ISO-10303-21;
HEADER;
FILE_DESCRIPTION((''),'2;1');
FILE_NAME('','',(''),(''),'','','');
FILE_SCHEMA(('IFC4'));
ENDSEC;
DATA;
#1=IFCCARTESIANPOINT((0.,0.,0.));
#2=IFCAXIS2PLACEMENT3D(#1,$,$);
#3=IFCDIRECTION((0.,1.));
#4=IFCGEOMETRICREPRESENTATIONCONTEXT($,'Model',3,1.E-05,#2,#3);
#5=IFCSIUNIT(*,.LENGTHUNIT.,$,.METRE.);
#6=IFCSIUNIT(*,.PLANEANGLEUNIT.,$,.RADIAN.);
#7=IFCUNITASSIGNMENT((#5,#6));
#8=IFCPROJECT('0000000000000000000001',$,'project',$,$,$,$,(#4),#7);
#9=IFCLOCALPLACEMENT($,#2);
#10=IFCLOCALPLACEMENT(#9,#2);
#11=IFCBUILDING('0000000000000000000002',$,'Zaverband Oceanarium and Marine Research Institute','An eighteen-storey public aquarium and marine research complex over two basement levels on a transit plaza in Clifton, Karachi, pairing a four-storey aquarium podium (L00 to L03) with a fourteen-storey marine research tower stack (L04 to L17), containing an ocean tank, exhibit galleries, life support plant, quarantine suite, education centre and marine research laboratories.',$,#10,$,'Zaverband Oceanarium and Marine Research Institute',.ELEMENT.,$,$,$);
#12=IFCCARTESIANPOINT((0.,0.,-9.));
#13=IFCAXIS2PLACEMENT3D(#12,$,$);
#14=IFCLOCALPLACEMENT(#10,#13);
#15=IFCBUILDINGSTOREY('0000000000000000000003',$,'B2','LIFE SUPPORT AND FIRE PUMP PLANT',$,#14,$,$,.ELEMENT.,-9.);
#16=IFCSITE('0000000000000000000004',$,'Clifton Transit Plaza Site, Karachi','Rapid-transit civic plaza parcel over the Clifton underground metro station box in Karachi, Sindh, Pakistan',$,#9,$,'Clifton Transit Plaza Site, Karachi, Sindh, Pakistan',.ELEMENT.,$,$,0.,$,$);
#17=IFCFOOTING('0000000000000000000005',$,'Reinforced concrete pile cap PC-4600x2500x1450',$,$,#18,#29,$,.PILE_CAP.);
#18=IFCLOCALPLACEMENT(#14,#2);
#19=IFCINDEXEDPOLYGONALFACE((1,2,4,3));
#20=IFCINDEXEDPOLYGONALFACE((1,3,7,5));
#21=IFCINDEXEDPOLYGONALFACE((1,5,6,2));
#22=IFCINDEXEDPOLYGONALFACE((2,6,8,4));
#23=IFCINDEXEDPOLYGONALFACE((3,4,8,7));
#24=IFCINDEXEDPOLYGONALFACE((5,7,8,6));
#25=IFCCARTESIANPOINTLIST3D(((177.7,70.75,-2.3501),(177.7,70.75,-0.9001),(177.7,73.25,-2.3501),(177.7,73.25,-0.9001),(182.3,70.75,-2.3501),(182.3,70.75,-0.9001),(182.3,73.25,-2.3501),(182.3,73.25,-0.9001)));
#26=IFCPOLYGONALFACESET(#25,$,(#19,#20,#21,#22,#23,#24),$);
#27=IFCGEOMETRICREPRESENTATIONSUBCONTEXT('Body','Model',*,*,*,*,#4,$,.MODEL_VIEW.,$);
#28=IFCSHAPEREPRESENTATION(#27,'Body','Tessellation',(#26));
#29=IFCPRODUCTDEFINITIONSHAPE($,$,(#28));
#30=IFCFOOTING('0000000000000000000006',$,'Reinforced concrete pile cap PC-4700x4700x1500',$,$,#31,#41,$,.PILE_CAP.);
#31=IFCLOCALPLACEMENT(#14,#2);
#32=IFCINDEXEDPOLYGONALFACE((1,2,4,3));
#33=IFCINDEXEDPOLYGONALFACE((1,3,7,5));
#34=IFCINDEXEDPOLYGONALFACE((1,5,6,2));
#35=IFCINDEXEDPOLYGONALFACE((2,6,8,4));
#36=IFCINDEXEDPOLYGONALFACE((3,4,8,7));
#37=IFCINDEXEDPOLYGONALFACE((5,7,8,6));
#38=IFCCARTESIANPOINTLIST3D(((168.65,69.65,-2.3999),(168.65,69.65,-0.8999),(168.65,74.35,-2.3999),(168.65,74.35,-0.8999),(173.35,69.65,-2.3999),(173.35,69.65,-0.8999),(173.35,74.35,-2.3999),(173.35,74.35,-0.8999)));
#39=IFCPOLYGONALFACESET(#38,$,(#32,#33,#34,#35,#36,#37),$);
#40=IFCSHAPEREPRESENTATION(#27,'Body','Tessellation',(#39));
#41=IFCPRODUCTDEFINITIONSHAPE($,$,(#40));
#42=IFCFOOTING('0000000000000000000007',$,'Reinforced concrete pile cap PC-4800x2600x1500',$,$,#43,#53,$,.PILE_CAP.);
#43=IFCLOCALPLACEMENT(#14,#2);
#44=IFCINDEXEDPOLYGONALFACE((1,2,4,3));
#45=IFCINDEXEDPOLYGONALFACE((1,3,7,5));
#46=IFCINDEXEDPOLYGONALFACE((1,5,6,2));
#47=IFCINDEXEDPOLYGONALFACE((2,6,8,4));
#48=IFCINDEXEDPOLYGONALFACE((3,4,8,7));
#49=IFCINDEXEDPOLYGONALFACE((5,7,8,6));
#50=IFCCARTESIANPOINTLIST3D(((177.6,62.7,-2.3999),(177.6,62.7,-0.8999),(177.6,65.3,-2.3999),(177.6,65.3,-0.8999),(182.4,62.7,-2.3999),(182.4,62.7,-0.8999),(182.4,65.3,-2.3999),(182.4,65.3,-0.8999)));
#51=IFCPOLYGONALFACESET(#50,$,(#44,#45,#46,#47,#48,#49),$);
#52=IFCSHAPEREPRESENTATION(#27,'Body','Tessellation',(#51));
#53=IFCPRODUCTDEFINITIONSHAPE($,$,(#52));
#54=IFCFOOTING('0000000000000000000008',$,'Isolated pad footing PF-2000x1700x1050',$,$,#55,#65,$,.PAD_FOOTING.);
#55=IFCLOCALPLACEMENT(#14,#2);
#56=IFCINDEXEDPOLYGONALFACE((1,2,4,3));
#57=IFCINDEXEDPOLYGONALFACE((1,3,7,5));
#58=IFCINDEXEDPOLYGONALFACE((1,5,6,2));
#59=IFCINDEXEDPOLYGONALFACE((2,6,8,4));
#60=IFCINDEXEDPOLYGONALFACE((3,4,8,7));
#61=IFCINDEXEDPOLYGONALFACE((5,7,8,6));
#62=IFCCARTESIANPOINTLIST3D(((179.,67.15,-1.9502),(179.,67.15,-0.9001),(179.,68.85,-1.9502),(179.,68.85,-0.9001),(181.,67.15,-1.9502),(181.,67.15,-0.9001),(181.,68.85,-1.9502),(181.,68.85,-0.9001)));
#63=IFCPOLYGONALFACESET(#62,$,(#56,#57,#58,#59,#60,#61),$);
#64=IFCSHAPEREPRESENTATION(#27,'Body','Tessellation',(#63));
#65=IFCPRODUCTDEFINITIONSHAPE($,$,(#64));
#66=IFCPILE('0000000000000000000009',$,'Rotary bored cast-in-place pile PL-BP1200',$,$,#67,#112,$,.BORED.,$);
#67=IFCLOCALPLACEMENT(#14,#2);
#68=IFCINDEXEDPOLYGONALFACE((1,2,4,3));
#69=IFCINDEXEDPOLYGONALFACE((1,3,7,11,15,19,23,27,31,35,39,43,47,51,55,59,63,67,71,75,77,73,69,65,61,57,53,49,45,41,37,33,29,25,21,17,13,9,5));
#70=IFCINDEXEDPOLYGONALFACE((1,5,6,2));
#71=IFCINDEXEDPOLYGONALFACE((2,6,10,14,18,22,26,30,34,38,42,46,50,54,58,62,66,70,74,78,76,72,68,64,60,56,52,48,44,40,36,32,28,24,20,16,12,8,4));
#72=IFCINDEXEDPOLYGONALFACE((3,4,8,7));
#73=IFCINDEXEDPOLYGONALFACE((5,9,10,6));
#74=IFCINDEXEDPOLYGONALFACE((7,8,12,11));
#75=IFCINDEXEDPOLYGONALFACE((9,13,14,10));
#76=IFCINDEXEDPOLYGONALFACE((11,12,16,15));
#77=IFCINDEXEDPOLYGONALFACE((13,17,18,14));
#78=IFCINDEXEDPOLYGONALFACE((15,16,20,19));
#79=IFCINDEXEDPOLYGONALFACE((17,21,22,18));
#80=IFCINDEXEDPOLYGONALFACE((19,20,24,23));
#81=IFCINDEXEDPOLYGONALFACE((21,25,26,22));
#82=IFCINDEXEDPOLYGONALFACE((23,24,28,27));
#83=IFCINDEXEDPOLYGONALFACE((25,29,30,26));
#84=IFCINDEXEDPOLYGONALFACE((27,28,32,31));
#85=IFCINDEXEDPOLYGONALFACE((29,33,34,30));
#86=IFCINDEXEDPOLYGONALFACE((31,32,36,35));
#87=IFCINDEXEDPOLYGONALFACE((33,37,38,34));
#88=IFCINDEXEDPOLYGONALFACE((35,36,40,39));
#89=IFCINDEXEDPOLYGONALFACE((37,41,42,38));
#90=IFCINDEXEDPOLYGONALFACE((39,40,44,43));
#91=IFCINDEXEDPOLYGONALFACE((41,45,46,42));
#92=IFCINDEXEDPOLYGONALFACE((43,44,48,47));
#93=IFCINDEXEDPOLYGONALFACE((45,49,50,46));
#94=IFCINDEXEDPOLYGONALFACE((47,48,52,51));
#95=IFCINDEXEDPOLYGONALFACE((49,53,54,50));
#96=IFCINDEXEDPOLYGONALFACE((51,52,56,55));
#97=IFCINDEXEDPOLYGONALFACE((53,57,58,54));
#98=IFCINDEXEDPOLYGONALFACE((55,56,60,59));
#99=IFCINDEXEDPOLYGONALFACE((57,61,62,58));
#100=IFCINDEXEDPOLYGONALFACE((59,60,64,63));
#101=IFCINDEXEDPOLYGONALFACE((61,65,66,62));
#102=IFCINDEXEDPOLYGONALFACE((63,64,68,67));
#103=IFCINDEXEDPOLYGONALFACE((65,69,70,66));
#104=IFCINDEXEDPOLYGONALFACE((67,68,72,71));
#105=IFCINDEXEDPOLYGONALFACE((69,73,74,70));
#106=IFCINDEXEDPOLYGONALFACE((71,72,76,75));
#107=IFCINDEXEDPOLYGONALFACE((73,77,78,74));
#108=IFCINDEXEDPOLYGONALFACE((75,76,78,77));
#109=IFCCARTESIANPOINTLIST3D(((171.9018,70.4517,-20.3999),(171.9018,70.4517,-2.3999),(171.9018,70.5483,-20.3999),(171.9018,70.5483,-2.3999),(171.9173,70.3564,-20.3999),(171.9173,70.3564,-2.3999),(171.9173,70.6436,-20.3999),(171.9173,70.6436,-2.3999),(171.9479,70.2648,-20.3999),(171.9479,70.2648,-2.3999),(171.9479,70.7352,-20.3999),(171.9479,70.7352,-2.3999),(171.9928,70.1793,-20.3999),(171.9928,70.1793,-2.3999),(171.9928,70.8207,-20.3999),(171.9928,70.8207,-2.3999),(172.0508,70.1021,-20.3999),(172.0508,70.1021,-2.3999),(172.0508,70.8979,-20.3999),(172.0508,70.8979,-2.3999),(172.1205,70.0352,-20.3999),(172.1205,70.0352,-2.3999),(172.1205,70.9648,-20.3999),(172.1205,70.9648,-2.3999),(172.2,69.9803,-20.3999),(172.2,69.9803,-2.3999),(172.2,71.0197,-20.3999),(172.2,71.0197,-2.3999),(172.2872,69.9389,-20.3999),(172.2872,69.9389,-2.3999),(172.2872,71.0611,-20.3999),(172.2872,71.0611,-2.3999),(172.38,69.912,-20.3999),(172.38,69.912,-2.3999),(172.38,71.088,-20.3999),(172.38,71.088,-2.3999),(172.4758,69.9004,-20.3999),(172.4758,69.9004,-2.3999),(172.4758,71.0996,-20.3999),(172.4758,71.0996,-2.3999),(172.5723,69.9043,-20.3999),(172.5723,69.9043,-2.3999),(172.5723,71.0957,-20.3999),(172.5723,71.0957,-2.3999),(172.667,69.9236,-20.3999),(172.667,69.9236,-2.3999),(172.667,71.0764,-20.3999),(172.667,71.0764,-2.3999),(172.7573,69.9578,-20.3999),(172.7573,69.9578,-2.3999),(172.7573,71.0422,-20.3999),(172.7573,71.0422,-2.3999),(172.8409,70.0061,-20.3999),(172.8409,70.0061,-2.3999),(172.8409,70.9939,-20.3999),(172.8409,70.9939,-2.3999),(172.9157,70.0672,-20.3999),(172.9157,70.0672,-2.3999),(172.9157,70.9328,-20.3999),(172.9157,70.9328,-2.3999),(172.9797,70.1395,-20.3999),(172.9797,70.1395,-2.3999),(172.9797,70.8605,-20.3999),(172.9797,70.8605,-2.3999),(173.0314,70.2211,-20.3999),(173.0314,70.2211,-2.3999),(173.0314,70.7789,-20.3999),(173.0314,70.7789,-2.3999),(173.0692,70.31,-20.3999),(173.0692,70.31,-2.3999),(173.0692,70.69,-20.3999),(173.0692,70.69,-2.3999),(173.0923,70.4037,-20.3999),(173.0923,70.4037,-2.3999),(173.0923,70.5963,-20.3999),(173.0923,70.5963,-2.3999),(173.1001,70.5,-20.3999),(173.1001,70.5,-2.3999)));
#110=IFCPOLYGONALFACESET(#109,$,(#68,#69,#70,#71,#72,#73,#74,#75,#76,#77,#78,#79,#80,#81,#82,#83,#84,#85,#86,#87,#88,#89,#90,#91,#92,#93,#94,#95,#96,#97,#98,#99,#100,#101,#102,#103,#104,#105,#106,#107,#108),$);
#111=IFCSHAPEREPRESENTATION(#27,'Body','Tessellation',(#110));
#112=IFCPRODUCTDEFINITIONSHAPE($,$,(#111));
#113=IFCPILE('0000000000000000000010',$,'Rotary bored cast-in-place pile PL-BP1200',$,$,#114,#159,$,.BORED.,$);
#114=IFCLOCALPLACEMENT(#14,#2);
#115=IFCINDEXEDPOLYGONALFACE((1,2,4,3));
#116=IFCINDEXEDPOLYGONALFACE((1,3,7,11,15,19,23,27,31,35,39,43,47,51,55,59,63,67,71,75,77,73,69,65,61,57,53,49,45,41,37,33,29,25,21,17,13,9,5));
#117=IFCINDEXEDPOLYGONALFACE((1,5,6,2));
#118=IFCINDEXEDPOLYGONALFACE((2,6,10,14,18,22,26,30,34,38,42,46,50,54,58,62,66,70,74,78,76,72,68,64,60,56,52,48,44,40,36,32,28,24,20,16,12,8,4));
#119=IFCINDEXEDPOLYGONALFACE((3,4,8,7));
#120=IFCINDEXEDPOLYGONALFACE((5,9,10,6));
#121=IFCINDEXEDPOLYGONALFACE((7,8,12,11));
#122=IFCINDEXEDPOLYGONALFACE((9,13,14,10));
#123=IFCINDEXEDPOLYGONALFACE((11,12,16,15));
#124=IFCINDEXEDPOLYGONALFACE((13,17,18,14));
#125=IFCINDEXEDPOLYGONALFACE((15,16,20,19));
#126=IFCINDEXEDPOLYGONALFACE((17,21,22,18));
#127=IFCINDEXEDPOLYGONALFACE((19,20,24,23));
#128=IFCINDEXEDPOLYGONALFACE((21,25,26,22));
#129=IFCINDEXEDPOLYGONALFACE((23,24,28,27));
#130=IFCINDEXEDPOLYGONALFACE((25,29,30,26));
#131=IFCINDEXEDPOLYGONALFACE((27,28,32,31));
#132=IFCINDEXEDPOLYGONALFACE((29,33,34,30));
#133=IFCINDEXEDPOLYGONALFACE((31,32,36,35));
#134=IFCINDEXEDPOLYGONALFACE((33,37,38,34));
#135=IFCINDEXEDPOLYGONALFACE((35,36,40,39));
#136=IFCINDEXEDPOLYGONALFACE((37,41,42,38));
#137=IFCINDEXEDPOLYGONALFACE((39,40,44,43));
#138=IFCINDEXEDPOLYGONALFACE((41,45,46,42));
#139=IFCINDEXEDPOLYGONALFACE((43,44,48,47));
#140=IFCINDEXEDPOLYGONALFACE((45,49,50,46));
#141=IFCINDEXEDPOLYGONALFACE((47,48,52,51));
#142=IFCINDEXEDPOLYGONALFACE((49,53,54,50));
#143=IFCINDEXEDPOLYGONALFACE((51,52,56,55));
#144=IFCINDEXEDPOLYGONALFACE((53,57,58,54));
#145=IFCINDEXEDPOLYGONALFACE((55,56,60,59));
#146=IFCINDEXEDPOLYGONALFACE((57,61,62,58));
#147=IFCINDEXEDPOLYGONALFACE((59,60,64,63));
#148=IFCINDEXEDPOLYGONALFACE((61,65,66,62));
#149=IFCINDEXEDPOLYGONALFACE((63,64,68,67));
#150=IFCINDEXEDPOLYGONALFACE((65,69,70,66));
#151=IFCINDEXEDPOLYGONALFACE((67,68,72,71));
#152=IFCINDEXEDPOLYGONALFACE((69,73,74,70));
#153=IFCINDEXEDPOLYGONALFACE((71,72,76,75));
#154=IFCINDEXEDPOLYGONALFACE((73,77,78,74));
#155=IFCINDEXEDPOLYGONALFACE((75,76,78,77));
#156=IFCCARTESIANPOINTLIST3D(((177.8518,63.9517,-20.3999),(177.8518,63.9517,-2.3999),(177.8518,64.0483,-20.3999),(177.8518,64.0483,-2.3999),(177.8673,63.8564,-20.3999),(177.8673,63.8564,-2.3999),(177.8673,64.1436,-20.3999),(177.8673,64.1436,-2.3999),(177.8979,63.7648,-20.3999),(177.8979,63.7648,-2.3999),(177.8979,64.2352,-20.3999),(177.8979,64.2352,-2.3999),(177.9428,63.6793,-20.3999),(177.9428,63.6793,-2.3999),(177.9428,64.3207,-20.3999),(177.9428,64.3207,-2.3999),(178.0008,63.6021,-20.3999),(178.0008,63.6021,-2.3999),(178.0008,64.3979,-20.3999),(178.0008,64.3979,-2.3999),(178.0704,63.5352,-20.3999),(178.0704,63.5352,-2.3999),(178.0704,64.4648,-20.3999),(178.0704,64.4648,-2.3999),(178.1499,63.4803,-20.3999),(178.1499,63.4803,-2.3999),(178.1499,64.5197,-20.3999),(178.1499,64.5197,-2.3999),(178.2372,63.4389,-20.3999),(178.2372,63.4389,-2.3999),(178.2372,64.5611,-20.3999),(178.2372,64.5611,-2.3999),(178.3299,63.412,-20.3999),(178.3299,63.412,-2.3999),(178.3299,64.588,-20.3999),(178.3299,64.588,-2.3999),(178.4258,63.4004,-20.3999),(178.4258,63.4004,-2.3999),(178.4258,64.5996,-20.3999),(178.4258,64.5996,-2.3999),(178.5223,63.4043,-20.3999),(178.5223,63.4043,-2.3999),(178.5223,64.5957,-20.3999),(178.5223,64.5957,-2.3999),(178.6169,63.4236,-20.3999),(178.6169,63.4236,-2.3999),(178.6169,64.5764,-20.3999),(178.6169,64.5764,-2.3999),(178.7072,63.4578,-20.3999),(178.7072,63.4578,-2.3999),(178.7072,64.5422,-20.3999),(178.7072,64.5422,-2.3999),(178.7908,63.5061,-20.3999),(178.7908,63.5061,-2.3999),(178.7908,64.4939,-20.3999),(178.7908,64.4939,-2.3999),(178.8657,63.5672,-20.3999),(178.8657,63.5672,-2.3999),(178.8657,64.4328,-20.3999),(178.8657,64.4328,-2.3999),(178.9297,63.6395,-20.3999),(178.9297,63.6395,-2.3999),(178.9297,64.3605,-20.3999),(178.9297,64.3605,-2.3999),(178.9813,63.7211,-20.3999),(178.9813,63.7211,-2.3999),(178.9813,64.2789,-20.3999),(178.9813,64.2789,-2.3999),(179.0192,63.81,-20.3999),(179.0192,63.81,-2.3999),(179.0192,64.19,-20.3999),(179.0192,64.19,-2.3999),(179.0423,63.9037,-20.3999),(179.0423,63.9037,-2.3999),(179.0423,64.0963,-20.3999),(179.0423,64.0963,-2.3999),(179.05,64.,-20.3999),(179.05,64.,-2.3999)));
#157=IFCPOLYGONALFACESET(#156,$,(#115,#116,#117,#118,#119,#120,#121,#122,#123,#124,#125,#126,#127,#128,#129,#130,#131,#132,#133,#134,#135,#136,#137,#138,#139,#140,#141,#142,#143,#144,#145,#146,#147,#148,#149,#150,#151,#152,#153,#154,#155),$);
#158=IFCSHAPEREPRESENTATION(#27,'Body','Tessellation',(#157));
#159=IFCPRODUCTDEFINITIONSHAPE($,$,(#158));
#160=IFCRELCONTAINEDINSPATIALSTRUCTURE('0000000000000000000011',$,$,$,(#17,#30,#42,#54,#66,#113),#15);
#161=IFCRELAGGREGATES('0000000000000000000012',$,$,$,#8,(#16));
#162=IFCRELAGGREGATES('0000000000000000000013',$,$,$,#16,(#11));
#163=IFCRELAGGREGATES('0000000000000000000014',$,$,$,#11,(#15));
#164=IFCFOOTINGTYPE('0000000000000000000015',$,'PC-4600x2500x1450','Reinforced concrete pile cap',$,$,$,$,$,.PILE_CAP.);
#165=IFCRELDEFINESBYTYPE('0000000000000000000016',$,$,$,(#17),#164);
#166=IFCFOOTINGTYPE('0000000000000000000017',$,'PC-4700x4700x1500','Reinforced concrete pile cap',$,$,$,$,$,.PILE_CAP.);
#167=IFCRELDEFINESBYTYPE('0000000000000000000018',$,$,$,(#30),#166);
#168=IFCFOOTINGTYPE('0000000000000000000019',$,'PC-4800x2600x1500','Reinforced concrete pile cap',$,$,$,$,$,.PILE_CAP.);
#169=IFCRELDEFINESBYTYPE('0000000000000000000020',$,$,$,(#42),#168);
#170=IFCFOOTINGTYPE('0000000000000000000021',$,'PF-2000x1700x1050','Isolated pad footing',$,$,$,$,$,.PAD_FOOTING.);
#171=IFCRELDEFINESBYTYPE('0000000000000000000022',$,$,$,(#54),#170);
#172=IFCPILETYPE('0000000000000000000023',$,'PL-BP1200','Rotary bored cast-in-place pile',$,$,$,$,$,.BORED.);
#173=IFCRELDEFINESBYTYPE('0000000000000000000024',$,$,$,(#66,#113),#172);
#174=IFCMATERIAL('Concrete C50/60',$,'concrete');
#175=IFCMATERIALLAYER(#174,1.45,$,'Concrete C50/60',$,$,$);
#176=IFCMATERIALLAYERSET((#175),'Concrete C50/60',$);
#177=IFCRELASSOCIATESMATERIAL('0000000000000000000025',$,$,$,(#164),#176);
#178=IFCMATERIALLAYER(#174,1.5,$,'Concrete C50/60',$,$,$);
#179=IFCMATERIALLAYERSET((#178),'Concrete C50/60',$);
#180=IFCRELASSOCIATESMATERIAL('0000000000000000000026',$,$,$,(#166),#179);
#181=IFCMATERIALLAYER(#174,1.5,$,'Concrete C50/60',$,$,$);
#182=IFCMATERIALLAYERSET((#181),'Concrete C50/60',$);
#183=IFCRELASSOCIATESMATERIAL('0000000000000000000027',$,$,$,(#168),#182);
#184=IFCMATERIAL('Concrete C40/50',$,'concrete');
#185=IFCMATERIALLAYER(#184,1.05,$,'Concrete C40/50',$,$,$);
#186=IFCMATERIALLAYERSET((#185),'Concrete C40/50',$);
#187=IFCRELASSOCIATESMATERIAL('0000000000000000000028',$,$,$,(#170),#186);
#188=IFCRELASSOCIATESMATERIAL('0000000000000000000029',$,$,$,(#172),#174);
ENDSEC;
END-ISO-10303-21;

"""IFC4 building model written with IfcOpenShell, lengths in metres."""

from ifc_helpers import new_model, si_unit, direction, frame, origin, origin_2d, place, context, subcontext, project, spatial, rectangle, circle, extrude, material, layer, layer_set, material_profile, profile_set, type_object, element, save


model = new_model("IFC4")

# Units and contexts
model_context = context("Model", 3, precision=1e-05, world=origin(), true_north=direction((0.0, 1.0)))
body_context = subcontext(model_context, "Body", "Model", "MODEL_VIEW")
ifc_project = project(units=[si_unit("LENGTHUNIT", "METRE"), si_unit("PLANEANGLEUNIT", "RADIAN")], contexts=[model_context])

# Site, building, storey
site_placement = place(None, origin())
site = spatial("IfcSite", under=ifc_project, at=site_placement, Name="Clifton Transit Plaza Site, Karachi", Description="Rapid-transit civic plaza parcel over the Clifton underground metro station box in Karachi, Sindh, Pakistan", LongName="Clifton Transit Plaza Site, Karachi, Sindh, Pakistan", CompositionType="ELEMENT", RefElevation=0.0)
building_placement = place(site_placement, origin())
building = spatial("IfcBuilding", under=site, at=building_placement, Name="Zaverband Oceanarium and Marine Research Institute", Description="An eighteen-storey public aquarium and marine research complex over two basement levels on a transit plaza in Clifton, Karachi, pairing a four-storey aquarium podium (L00 to L03) with a fourteen-storey marine research tower stack (L04 to L17), containing an ocean tank, exhibit galleries, life support plant, quarantine suite, education centre and marine research laboratories.", LongName="Zaverband Oceanarium and Marine Research Institute", CompositionType="ELEMENT")
storey_placement = place(building_placement, frame((0.0, 0.0, -9.0)))
storey = spatial("IfcBuildingStorey", under=building, at=storey_placement, Name="B2", Description="LIFE SUPPORT AND FIRE PUMP PLANT", CompositionType="ELEMENT", Elevation=-9.0)

# Footings
ifc_material_1 = material(Name="Concrete C50/60", Category="concrete")
ifc_layer_1 = layer(ifc_material_1, 1.45, Name="Concrete C50/60")
ifc_layer_set_1 = layer_set([ifc_layer_1], Name="Concrete C50/60")
footing_type_1 = type_object("IfcFootingType", Name="PC-4600x2500x1450", Description="Reinforced concrete pile cap", PredefinedType="PILE_CAP", material=ifc_layer_set_1)
footing_1_placement = place(storey_placement, frame((180.0, 72.0, -2.3501), z_axis=(0.0, 0.0, 1.0), x_axis=(1.0, 0.0, 0.0)))
element("IfcFooting", 1, at=footing_1_placement, inside=storey, type_object=footing_type_1, Name="Reinforced concrete pile cap PC-4600x2500x1450", PredefinedType="PILE_CAP", context=body_context, shape_type="SweptSolid", body=[
    extrude(rectangle(XDim=4.6001, YDim=2.5, at=origin_2d()), origin(), (0.0, 0.0, 1.0), 1.45),
])
ifc_layer_2 = layer(ifc_material_1, 1.5, Name="Concrete C50/60")
ifc_layer_set_2 = layer_set([ifc_layer_2], Name="Concrete C50/60")
footing_type_2 = type_object("IfcFootingType", Name="PC-4700x4700x1500", Description="Reinforced concrete pile cap", PredefinedType="PILE_CAP", material=ifc_layer_set_2)
footing_2_placement = place(storey_placement, frame((171.0, 72.0, -2.3999), z_axis=(0.0, 0.0, 1.0), x_axis=(1.0, 0.0, 0.0)))
element("IfcFooting", 2, at=footing_2_placement, inside=storey, type_object=footing_type_2, Name="Reinforced concrete pile cap PC-4700x4700x1500", PredefinedType="PILE_CAP", context=body_context, shape_type="SweptSolid", body=[
    extrude(rectangle(XDim=4.7, YDim=4.7, at=origin_2d()), origin(), (0.0, 0.0, 1.0), 1.5),
])
ifc_layer_3 = layer(ifc_material_1, 1.5, Name="Concrete C50/60")
ifc_layer_set_3 = layer_set([ifc_layer_3], Name="Concrete C50/60")
footing_type_3 = type_object("IfcFootingType", Name="PC-4800x2600x1500", Description="Reinforced concrete pile cap", PredefinedType="PILE_CAP", material=ifc_layer_set_3)
footing_3_placement = place(storey_placement, frame((180.0, 64.0, -2.3999), z_axis=(0.0, 0.0, 1.0), x_axis=(1.0, 0.0, 0.0)))
element("IfcFooting", 3, at=footing_3_placement, inside=storey, type_object=footing_type_3, Name="Reinforced concrete pile cap PC-4800x2600x1500", PredefinedType="PILE_CAP", context=body_context, shape_type="SweptSolid", body=[
    extrude(rectangle(XDim=4.8, YDim=2.6001, at=origin_2d()), origin(), (0.0, 0.0, 1.0), 1.5),
])
ifc_material_2 = material(Name="Concrete C40/50", Category="concrete")
ifc_layer_4 = layer(ifc_material_2, 1.05, Name="Concrete C40/50")
ifc_layer_set_4 = layer_set([ifc_layer_4], Name="Concrete C40/50")
footing_type_4 = type_object("IfcFootingType", Name="PF-2000x1700x1050", Description="Isolated pad footing", PredefinedType="PAD_FOOTING", material=ifc_layer_set_4)
footing_4_placement = place(storey_placement, frame((180.0, 68.0, -1.9502), z_axis=(0.0, 0.0, 1.0), x_axis=(1.0, 0.0, 0.0)))
element("IfcFooting", 4, at=footing_4_placement, inside=storey, type_object=footing_type_4, Name="Isolated pad footing PF-2000x1700x1050", PredefinedType="PAD_FOOTING", context=body_context, shape_type="SweptSolid", body=[
    extrude(rectangle(XDim=2.0, YDim=1.7, at=origin_2d()), origin(), (0.0, 0.0, 1.0), 1.05),
])

# Piles
ifc_material_profile_1 = material_profile(ifc_material_1, circle(Radius=0.6001, at=origin_2d()), Name="BP1200")
ifc_profile_set_1 = profile_set([ifc_material_profile_1], Name="Concrete C50/60")
pile_type = type_object("IfcPileType", Name="PL-BP1200", Description="Rotary bored cast-in-place pile", PredefinedType="BORED", material=ifc_profile_set_1)
for number, where, z_axis, x_axis, name in (
    (5, (172.5, 70.5, -2.3999), (0.0, 0.0, -1.0), (1.0, 0.0, 0.0), "Rotary bored cast-in-place pile PL-BP1200"),
    (6, (178.45, 64.0, -2.3999), (0.0, 0.0, -1.0), (1.0, 0.0, 0.0), "Rotary bored cast-in-place pile PL-BP1200"),
):
    element("IfcPile", number, at=place(storey_placement, frame(where, z_axis=z_axis, x_axis=x_axis)), inside=storey, type_object=pile_type, Name=name, PredefinedType="BORED", context=body_context, shape_type="SweptSolid", body=[
        extrude(circle(Radius=0.6001, at=origin_2d()), origin(), (0.0, 0.0, 1.0), 18.0),
    ])

save(model, "model.ifc")
